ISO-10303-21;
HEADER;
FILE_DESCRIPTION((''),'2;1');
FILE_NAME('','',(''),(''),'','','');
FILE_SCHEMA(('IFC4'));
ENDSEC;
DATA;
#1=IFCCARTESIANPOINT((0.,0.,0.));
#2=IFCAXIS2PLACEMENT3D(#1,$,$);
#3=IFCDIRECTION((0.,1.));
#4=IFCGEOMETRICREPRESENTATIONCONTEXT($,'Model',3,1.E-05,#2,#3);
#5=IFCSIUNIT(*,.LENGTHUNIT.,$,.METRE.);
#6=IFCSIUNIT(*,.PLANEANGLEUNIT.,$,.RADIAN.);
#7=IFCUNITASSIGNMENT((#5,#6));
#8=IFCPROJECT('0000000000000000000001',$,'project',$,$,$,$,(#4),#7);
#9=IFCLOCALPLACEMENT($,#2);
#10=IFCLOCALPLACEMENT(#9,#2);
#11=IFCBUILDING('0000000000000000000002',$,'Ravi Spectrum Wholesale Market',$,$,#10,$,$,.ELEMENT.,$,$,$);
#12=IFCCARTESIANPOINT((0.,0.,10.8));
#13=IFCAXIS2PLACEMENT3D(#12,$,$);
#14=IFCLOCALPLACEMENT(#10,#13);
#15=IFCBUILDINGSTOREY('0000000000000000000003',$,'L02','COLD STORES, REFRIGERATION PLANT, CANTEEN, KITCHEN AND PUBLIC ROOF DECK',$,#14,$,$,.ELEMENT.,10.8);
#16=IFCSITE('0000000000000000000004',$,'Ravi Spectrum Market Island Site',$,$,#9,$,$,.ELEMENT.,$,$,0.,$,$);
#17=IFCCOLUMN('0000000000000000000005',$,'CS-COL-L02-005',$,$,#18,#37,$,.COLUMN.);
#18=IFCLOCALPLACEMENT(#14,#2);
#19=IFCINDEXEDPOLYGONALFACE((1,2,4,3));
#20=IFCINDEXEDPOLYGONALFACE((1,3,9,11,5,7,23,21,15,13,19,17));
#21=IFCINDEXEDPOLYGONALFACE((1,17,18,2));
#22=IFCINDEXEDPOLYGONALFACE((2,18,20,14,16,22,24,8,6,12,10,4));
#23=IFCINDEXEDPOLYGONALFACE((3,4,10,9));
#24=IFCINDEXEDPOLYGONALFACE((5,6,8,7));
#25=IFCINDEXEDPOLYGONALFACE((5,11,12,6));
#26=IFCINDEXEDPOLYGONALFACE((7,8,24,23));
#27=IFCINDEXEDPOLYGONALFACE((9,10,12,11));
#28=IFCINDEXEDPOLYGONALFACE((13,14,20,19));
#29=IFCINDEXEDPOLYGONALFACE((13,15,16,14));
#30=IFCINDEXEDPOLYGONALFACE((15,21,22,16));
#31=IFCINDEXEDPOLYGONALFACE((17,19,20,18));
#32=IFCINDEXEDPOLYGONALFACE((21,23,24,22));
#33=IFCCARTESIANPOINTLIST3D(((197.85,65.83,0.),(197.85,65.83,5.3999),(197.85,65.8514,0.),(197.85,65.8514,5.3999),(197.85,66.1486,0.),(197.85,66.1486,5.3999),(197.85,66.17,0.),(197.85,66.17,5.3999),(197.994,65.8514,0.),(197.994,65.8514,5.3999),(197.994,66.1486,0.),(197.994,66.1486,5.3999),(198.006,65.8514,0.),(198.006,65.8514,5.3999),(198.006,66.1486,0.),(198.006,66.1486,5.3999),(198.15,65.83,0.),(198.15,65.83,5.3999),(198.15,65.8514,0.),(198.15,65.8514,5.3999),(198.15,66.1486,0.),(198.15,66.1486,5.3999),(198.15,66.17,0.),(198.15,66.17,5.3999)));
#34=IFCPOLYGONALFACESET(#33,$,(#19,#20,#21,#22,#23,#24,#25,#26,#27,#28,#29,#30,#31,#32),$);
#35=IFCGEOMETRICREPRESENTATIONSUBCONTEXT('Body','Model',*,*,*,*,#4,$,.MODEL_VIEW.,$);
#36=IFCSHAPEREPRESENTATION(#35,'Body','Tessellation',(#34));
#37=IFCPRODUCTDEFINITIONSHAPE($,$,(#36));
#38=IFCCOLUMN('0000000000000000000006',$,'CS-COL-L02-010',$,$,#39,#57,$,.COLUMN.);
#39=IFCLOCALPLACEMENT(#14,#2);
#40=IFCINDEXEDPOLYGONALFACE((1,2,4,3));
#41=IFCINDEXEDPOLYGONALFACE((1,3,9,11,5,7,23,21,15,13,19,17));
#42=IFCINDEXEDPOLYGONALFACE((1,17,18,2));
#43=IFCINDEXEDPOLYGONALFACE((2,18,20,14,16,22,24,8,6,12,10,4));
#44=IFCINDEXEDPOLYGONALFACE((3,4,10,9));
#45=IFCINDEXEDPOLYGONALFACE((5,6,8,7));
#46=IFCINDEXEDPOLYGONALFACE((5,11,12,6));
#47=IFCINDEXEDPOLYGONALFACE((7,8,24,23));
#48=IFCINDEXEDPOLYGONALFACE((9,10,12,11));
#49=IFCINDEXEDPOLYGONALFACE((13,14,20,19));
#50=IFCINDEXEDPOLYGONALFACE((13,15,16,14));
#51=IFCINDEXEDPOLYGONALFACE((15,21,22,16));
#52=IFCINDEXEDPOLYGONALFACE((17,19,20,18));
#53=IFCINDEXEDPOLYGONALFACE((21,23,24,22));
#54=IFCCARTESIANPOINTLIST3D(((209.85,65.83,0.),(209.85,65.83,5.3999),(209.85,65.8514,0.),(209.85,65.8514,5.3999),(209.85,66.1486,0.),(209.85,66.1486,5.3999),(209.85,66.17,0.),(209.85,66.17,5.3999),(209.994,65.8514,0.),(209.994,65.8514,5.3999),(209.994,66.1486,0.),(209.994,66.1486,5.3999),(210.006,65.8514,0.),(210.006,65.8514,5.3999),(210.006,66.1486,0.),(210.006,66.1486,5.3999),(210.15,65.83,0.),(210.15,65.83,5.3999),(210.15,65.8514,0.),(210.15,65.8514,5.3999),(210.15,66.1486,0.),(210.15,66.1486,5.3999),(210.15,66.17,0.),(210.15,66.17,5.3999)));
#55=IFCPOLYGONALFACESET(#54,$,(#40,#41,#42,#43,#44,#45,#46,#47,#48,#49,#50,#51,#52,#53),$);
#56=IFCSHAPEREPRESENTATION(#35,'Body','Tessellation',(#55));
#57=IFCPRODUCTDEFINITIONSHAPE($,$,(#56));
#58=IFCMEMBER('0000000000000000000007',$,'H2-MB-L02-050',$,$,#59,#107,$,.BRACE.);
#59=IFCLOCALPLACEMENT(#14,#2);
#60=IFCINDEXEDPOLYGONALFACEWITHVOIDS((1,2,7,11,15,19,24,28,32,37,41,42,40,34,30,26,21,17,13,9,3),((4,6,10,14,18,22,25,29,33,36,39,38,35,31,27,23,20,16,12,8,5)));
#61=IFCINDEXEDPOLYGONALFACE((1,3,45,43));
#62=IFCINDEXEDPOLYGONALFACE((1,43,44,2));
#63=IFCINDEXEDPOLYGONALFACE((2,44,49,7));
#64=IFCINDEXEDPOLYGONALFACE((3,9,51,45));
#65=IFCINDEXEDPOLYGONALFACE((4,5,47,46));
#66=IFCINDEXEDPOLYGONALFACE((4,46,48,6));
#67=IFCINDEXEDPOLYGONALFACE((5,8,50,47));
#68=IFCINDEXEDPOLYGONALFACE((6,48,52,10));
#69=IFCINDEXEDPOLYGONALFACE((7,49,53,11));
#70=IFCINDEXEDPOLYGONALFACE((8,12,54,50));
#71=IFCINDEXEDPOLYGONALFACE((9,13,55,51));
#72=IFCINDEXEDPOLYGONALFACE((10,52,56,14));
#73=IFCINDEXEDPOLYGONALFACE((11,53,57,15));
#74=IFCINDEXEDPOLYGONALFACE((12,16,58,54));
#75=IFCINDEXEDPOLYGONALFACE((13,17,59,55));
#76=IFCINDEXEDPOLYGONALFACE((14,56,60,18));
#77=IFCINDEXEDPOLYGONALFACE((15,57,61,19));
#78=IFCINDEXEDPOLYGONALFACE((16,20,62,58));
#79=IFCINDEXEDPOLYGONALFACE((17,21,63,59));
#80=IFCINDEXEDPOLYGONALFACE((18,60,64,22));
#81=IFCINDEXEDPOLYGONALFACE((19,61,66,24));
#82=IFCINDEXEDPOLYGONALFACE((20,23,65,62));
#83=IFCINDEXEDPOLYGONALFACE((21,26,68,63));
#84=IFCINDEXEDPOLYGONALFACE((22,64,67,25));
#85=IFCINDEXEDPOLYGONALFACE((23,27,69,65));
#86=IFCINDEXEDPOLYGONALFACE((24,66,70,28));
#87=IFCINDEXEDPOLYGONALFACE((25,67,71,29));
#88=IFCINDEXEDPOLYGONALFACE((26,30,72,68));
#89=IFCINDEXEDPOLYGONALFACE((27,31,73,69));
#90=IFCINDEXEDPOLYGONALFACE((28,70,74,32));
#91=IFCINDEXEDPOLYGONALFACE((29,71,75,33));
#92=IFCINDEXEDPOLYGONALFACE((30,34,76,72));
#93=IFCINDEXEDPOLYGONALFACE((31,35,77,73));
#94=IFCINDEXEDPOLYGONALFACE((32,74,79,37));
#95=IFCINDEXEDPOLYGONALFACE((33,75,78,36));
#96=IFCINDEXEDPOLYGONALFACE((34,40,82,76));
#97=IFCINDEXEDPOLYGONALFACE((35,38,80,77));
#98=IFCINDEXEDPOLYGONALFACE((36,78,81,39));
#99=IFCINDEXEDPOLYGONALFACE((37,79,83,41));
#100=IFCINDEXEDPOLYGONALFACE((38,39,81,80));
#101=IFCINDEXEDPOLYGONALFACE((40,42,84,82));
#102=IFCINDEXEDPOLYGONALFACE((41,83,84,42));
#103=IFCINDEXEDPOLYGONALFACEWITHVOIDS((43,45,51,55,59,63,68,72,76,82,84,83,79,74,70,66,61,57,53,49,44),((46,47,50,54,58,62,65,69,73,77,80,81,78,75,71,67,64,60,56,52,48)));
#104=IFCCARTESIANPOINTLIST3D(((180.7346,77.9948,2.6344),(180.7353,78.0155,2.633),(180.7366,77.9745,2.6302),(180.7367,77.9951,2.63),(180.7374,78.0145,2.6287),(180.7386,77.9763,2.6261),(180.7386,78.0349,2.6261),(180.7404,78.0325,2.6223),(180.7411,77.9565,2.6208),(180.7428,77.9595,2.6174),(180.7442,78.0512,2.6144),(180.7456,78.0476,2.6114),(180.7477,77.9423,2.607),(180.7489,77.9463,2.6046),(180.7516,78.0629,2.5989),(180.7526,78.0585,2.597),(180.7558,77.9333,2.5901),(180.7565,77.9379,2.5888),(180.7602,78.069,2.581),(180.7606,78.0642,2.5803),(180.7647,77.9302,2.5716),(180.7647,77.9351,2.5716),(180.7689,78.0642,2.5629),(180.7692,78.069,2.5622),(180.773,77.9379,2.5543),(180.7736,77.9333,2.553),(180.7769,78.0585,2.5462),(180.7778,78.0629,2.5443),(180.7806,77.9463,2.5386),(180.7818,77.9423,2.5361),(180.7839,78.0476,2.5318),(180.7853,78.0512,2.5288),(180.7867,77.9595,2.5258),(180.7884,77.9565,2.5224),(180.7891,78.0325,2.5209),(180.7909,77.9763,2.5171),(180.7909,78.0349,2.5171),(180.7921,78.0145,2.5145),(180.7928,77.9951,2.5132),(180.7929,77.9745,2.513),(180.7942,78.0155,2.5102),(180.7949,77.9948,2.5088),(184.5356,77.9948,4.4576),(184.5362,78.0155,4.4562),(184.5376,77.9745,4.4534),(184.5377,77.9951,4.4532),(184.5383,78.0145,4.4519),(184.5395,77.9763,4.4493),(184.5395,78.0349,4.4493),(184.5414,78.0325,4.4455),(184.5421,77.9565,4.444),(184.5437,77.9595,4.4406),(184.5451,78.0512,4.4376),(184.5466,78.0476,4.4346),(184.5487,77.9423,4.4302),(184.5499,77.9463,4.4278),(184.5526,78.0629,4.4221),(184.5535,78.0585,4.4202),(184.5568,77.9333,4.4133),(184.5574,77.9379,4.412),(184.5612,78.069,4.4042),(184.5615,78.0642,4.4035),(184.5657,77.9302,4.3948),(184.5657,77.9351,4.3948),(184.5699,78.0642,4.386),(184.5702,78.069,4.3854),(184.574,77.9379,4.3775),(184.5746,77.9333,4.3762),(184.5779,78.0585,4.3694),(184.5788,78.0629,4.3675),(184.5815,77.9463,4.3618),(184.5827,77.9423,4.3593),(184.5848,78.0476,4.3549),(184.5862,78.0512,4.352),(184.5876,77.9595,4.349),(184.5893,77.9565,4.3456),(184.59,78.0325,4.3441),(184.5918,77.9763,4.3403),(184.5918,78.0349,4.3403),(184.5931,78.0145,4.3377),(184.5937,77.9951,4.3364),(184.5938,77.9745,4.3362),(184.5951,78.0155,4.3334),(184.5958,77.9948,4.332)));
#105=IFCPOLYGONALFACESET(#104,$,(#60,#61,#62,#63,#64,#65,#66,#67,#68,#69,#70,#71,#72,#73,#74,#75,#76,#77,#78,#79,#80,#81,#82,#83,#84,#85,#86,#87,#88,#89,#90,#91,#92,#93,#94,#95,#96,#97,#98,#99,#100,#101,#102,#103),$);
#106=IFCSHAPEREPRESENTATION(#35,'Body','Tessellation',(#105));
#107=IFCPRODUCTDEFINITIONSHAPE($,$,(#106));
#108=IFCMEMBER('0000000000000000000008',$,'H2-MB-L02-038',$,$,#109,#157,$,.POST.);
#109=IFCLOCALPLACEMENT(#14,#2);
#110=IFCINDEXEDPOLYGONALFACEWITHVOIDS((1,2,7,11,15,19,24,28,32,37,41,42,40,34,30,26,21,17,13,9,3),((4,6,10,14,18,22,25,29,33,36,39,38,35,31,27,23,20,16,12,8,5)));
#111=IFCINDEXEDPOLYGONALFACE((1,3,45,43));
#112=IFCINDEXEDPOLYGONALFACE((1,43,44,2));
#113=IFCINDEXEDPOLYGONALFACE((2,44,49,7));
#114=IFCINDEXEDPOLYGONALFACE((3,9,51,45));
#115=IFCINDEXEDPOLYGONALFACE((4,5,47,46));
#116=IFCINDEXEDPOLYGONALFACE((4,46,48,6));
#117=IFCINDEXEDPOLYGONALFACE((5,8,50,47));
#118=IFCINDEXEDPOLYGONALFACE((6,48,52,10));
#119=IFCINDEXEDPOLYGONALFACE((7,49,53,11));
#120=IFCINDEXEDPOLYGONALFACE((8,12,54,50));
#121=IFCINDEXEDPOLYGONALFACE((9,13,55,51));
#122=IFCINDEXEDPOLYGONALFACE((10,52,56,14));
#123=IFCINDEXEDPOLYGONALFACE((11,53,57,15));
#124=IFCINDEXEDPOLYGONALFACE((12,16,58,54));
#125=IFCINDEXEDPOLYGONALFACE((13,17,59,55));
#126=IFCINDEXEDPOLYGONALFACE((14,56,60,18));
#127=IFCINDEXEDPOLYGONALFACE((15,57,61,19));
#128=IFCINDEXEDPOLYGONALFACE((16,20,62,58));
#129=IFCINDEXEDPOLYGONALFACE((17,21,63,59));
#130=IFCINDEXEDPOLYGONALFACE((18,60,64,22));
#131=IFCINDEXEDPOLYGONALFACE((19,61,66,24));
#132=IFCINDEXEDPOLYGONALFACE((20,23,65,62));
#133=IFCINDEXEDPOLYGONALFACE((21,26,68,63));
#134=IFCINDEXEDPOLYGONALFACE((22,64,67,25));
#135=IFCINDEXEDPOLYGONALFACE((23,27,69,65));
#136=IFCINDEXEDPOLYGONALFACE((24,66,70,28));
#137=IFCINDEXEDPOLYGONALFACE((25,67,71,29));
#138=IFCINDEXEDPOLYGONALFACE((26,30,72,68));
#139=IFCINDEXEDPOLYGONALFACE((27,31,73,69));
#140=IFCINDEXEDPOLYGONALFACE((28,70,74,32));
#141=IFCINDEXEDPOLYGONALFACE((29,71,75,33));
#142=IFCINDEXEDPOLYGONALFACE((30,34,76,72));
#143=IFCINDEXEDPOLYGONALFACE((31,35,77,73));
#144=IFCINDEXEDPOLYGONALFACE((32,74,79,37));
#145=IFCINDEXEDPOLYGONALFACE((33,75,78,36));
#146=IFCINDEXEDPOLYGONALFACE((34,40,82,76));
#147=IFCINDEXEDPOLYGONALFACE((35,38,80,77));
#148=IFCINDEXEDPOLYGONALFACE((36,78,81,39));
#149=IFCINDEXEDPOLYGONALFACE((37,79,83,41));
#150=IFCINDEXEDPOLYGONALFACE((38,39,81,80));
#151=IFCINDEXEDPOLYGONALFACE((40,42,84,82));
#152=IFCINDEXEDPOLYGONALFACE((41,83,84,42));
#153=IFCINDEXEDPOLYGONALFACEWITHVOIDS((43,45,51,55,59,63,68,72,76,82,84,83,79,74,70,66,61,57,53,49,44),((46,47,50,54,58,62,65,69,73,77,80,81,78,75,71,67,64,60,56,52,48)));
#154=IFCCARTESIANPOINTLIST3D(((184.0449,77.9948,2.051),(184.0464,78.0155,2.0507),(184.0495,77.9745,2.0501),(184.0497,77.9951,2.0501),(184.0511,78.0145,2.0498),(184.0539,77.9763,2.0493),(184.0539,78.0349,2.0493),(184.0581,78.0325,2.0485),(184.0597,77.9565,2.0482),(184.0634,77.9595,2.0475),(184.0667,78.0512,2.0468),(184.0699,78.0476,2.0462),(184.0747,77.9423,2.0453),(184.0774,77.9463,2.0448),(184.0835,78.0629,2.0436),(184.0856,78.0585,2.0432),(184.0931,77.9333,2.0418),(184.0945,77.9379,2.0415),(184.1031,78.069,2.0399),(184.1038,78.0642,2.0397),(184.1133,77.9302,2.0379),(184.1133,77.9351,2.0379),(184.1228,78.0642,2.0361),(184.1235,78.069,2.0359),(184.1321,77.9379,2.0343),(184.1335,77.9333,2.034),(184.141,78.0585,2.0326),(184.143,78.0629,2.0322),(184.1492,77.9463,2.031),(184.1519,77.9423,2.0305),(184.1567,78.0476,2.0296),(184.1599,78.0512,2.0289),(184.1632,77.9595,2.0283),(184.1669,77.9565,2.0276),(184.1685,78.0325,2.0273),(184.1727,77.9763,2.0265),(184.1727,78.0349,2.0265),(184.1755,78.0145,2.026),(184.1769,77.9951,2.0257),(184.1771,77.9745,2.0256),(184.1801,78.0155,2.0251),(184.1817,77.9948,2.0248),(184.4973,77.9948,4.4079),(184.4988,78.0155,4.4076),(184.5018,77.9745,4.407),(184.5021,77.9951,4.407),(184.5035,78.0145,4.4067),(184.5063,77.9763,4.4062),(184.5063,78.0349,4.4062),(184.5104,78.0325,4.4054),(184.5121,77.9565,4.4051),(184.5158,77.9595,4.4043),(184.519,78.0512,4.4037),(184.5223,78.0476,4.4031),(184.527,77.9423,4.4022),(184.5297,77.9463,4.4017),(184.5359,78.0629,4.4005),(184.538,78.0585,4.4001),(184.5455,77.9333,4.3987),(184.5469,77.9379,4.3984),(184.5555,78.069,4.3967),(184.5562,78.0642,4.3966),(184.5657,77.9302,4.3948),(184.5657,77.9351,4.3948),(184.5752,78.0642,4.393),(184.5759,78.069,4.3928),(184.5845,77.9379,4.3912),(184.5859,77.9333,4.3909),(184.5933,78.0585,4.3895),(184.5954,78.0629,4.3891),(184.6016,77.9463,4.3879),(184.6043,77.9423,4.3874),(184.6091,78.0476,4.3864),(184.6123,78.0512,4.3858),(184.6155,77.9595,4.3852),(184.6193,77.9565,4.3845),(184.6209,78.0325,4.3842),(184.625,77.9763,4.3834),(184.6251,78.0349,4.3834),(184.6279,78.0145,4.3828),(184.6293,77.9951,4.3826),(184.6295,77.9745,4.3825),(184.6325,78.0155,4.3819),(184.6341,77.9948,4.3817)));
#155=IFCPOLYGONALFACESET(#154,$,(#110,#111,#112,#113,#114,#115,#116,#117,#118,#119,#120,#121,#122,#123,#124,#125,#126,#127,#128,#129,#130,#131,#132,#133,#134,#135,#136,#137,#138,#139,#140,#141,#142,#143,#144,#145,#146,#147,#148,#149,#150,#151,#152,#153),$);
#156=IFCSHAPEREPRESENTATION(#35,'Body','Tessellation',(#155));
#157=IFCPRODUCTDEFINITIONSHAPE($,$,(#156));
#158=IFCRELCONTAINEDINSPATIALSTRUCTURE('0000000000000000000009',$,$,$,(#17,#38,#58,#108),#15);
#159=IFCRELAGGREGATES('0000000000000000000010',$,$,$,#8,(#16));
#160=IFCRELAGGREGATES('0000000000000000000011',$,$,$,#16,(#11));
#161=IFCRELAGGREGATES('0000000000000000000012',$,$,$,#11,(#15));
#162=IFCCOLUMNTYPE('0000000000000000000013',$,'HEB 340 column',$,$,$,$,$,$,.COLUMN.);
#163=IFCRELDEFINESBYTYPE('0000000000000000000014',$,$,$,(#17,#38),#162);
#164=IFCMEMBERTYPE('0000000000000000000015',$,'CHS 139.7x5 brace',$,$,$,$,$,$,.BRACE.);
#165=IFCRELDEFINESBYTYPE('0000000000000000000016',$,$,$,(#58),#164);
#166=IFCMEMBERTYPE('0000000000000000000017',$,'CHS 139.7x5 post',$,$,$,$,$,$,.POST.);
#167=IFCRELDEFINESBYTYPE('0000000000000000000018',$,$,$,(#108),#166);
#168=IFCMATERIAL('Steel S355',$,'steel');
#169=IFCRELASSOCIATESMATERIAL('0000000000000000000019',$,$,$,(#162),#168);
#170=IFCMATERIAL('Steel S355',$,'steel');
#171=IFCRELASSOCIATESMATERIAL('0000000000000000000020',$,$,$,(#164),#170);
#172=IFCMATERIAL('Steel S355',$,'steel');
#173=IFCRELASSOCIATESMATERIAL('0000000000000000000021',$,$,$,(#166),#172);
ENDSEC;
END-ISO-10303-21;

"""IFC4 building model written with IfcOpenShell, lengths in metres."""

from ifc_helpers import new_model, si_unit, direction, frame, origin, origin_2d, place, context, subcontext, project, spatial, hollow_circle, i_section, extrude, material, material_profile, profile_set, type_object, element, save


model = new_model("IFC4")

# Units and contexts
model_context = context("Model", 3, precision=1e-05, world=origin(), true_north=direction((0.0, 1.0)))
body_context = subcontext(model_context, "Body", "Model", "MODEL_VIEW")
ifc_project = project(units=[si_unit("LENGTHUNIT", "METRE"), si_unit("PLANEANGLEUNIT", "RADIAN")], contexts=[model_context])

# Site, building, storey
site_placement = place(None, origin())
site = spatial("IfcSite", under=ifc_project, at=site_placement, Name="Ravi Spectrum Market Island Site", CompositionType="ELEMENT", RefElevation=0.0)
building_placement = place(site_placement, origin())
building = spatial("IfcBuilding", under=site, at=building_placement, Name="Ravi Spectrum Wholesale Market", CompositionType="ELEMENT")
storey_placement = place(building_placement, frame((0.0, 0.0, 10.8)))
storey = spatial("IfcBuildingStorey", under=building, at=storey_placement, Name="L02", Description="COLD STORES, REFRIGERATION PLANT, CANTEEN, KITCHEN AND PUBLIC ROOF DECK", CompositionType="ELEMENT", Elevation=10.8)

# Columns
ifc_material_1 = material(Name="Steel S355", Category="steel")
ifc_material_profile_1 = material_profile(ifc_material_1, i_section(OverallWidth=0.3, OverallDepth=0.3401, WebThickness=0.012, FlangeThickness=0.0215, at=origin_2d()))
ifc_profile_set_1 = profile_set([ifc_material_profile_1], Name="Steel S355")
column_type = type_object("IfcColumnType", Name="HEB 340 column", PredefinedType="COLUMN", material=ifc_profile_set_1)
for number, where, z_axis, x_axis, name in (
    (1, (198.0, 66.0, 0.0), (0.0, 0.0, 1.0), (1.0, 0.0, 0.0), "CS-COL-L02-005"),
    (2, (210.0, 66.0, 0.0), (0.0, 0.0, 1.0), (1.0, 0.0, 0.0), "CS-COL-L02-010"),
):
    element("IfcColumn", number, at=place(storey_placement, frame(where, z_axis=z_axis, x_axis=x_axis)), inside=storey, type_object=column_type, Name=name, PredefinedType="COLUMN", context=body_context, shape_type="SweptSolid", body=[
        extrude(i_section(OverallWidth=0.3, OverallDepth=0.3401, WebThickness=0.012, FlangeThickness=0.0215, at=origin_2d()), origin(), (0.0, 0.0, 1.0), 5.3999),
    ])

# Members
ifc_material_2 = material(Name="Steel S355", Category="steel")
ifc_material_profile_2 = material_profile(ifc_material_2, hollow_circle(Radius=0.0698, WallThickness=0.0049, at=origin_2d()))
ifc_profile_set_2 = profile_set([ifc_material_profile_2], Name="Steel S355")
member_type_1 = type_object("IfcMemberType", Name="CHS 139.7x5 brace", PredefinedType="BRACE", material=ifc_profile_set_2)
member_1_placement = place(storey_placement, frame((184.5657, 78.0, 4.3948), z_axis=(-0.901639, 0.0, -0.43249), x_axis=(0.0, -1.0, 0.0)))
element("IfcMember", 3, at=member_1_placement, inside=storey, type_object=member_type_1, Name="H2-MB-L02-050", PredefinedType="BRACE", context=body_context, shape_type="SweptSolid", body=[
    extrude(hollow_circle(Radius=0.0698, WallThickness=0.0049, at=origin_2d()), origin(), (0.0, 0.0, 1.0), 4.2156),
])
ifc_material_3 = material(Name="Steel S355", Category="steel")
ifc_material_profile_3 = material_profile(ifc_material_3, hollow_circle(Radius=0.0698, WallThickness=0.0049, at=origin_2d()))
ifc_profile_set_3 = profile_set([ifc_material_profile_3], Name="Steel S355")
member_type_2 = type_object("IfcMemberType", Name="CHS 139.7x5 post", PredefinedType="POST", material=ifc_profile_set_3)
member_2_placement = place(storey_placement, frame((184.5657, 78.0, 4.3948), z_axis=(-0.1885, 0.0, -0.982073), x_axis=(0.0, -1.0, 0.0)))
element("IfcMember", 4, at=member_2_placement, inside=storey, type_object=member_type_2, Name="H2-MB-L02-038", PredefinedType="POST", context=body_context, shape_type="SweptSolid", body=[
    extrude(hollow_circle(Radius=0.0698, WallThickness=0.0049, at=origin_2d()), origin(), (0.0, 0.0, 1.0), 2.3999),
])

save(model, "model.ifc")
